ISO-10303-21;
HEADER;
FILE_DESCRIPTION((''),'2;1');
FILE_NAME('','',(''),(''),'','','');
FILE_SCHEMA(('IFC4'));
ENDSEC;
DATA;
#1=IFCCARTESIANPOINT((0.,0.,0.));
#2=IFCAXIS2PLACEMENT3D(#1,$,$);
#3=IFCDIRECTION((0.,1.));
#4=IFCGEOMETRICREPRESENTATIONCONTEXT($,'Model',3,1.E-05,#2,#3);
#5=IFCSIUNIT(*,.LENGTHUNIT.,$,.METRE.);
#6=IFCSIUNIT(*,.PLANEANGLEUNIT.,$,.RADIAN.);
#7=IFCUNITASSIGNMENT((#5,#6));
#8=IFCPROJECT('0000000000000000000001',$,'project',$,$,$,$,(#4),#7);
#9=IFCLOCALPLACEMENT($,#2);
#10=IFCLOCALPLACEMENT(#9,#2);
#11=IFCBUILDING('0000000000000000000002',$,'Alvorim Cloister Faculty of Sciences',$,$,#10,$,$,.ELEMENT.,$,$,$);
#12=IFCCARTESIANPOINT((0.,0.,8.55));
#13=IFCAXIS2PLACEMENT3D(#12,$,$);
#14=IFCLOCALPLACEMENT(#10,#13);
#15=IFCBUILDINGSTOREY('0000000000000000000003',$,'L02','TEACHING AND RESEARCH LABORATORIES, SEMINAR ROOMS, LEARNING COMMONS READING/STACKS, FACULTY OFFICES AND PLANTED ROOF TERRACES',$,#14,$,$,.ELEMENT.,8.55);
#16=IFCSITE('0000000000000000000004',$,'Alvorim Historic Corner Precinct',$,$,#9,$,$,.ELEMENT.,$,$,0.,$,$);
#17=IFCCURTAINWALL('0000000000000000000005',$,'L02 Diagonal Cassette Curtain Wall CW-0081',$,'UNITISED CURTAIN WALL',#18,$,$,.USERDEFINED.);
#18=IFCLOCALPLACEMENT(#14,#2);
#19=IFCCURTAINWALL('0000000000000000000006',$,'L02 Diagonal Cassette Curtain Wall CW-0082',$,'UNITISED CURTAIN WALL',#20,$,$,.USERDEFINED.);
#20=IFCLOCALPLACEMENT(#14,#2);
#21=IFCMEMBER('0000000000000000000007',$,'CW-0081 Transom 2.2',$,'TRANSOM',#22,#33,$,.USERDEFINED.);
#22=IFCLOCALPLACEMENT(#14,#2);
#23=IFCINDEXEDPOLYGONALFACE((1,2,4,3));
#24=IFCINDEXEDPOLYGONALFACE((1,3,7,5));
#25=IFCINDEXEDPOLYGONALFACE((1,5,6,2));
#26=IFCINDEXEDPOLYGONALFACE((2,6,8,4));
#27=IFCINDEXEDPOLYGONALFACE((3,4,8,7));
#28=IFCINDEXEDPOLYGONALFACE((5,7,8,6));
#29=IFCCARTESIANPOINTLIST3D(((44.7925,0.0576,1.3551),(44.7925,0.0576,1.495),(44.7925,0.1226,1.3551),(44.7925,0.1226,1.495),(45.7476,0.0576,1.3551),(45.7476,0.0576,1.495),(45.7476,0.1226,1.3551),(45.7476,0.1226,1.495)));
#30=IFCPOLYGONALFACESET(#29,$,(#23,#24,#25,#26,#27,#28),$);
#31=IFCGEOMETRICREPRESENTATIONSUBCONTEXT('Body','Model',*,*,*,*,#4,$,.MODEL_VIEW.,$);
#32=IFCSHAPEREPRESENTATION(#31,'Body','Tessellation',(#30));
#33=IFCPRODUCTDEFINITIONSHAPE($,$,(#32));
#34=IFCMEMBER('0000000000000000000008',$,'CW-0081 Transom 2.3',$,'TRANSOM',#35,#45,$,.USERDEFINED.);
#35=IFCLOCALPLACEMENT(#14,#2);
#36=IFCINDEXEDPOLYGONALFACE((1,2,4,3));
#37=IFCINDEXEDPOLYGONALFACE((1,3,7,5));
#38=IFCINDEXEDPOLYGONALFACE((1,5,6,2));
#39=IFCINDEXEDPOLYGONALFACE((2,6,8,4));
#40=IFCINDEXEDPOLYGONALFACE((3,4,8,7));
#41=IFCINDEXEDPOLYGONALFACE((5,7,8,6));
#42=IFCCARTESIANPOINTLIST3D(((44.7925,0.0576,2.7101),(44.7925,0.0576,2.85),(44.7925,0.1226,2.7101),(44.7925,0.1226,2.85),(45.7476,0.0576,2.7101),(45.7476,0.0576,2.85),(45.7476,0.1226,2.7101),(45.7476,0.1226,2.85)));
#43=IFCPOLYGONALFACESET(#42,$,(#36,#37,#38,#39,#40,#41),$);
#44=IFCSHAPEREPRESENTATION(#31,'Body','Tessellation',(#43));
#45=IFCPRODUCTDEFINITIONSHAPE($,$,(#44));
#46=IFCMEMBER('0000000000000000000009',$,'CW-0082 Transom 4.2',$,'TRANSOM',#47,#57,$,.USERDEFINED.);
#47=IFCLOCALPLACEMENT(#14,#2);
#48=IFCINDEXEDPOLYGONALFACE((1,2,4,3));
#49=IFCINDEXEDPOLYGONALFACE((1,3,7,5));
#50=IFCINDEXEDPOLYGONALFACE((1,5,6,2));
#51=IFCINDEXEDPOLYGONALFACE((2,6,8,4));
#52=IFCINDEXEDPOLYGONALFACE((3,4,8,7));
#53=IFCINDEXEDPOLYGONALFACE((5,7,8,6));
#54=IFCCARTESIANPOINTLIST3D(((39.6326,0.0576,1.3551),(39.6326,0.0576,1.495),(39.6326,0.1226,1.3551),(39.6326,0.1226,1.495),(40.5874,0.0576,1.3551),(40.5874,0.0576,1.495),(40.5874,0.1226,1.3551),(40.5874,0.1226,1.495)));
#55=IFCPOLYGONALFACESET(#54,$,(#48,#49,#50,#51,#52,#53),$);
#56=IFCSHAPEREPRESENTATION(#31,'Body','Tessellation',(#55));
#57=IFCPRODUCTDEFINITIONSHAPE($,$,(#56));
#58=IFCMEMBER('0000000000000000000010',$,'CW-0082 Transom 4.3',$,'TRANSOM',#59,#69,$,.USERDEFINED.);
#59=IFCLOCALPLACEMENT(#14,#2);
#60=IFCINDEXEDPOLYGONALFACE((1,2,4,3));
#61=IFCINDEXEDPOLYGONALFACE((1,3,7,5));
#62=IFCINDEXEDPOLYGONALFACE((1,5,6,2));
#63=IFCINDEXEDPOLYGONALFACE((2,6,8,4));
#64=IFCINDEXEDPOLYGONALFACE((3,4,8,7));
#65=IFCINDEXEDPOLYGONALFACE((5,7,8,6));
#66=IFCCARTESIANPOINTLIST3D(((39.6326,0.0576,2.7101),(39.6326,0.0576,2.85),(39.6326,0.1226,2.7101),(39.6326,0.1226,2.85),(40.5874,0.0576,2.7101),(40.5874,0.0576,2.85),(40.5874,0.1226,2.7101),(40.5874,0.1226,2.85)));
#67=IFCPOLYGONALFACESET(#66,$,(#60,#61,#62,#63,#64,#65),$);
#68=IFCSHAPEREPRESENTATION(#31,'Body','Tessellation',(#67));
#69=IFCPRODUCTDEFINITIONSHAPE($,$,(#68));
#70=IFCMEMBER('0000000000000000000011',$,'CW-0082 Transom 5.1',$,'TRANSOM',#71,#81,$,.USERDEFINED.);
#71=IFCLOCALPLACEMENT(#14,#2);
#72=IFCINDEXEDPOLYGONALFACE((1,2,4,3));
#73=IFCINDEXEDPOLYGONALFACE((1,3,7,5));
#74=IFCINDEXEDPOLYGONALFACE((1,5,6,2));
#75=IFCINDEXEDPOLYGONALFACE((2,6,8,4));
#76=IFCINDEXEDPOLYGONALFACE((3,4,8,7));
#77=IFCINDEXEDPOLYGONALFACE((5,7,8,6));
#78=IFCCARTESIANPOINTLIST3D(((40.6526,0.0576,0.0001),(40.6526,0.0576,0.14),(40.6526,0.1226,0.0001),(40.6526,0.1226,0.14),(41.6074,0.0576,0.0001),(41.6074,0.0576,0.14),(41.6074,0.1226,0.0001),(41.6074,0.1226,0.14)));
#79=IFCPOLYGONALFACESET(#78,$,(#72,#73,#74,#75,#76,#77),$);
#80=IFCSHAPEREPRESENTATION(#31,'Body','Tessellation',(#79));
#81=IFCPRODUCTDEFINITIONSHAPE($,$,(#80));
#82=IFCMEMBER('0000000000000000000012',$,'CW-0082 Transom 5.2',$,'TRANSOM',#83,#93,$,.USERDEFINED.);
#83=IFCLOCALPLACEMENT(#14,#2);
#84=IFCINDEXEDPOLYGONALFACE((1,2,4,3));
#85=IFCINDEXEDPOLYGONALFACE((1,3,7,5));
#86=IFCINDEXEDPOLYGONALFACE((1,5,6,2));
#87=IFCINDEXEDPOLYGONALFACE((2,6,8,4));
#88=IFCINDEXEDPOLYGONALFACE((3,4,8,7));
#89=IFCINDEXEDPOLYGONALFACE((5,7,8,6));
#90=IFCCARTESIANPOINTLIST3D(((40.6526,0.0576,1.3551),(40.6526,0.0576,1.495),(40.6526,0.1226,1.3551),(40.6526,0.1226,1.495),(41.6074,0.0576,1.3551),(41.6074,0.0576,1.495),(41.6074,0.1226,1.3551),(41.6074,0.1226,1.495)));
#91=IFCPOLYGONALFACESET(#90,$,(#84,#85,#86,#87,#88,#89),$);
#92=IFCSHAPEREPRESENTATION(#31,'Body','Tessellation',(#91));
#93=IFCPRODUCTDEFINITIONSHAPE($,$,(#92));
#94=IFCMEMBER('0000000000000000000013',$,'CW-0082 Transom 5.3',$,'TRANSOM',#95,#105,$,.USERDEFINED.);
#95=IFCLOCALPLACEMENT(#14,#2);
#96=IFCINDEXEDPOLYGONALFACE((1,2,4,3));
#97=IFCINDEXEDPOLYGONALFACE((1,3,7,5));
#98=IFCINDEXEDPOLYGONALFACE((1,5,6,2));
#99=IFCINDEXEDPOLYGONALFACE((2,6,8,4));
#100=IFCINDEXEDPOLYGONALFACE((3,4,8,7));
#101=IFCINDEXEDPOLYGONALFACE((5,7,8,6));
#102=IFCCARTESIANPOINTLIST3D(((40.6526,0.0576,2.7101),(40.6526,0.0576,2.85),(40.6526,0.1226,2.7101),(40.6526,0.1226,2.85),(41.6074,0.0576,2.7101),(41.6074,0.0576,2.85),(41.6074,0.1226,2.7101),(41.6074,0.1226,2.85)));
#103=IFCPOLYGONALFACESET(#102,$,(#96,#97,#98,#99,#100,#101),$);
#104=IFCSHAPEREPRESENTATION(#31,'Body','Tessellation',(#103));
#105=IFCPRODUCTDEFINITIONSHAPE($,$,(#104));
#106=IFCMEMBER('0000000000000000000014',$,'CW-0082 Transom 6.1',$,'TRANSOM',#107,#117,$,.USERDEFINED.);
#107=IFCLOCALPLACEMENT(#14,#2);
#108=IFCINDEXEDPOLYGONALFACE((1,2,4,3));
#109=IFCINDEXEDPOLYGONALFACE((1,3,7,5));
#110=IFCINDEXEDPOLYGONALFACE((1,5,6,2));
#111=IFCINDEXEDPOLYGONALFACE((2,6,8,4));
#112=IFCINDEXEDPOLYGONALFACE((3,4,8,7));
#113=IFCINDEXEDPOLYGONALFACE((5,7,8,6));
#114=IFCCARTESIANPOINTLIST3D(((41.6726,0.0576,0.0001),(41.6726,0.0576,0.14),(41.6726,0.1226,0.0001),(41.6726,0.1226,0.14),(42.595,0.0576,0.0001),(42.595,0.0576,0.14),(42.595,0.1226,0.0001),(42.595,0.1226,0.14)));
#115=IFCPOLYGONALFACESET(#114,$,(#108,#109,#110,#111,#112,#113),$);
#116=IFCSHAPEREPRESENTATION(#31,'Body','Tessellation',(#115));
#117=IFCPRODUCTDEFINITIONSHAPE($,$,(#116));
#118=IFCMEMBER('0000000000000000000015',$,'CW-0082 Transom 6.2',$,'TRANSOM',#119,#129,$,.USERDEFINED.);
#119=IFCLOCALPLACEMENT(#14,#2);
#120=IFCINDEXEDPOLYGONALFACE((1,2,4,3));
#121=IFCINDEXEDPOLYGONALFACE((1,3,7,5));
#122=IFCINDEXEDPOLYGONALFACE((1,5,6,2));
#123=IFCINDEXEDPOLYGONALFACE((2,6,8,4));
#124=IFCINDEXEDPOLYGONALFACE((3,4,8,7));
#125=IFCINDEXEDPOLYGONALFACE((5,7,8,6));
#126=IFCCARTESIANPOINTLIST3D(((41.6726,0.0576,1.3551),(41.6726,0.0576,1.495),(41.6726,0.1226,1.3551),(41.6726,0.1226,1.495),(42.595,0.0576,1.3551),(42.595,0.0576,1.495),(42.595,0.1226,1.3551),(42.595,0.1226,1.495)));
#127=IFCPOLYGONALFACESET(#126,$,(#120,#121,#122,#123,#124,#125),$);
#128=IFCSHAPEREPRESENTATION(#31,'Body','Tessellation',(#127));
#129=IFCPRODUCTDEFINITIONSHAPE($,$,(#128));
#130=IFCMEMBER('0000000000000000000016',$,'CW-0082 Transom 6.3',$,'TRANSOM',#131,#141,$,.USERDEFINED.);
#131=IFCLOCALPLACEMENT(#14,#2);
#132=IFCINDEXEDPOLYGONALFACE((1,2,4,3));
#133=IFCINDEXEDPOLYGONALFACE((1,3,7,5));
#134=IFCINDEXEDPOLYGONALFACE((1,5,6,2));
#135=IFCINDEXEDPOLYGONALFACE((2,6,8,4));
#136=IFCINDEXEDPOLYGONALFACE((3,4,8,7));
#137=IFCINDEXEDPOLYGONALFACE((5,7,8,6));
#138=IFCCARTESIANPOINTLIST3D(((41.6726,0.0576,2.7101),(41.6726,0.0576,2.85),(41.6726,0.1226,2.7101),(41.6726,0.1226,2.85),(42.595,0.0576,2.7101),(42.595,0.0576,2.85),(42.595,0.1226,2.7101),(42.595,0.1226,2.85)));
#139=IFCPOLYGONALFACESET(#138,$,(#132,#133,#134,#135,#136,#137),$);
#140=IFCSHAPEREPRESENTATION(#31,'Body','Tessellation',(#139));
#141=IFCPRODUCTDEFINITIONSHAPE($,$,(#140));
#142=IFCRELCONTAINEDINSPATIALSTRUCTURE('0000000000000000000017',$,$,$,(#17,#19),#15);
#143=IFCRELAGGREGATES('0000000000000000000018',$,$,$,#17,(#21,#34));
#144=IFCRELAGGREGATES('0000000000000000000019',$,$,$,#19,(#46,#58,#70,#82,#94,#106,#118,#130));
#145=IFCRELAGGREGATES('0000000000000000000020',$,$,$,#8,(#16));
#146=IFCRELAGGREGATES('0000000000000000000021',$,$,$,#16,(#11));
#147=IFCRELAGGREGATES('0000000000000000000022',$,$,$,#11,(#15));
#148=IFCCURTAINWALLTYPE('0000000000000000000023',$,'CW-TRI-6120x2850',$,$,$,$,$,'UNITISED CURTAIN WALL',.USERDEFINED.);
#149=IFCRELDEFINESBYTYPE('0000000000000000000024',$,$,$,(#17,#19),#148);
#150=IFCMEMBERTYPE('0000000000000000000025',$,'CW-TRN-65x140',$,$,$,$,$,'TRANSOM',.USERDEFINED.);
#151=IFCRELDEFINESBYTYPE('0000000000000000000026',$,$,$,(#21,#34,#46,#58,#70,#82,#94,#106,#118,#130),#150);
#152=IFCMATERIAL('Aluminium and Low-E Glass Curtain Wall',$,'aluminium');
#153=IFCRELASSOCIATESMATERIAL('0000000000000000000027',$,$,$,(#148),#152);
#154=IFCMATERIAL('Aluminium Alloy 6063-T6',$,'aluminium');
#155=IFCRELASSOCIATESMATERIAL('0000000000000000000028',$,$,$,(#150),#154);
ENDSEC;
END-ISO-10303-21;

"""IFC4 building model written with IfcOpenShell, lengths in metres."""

from ifc_helpers import new_model, si_unit, direction, frame, origin, origin_2d, place, context, subcontext, project, spatial, rectangle, extrude, material, material_profile, profile_set, type_object, element, aggregate, save


model = new_model("IFC4")

# Units and contexts
model_context = context("Model", 3, precision=1e-05, world=origin(), true_north=direction((0.0, 1.0)))
body_context = subcontext(model_context, "Body", "Model", "MODEL_VIEW")
ifc_project = project(units=[si_unit("LENGTHUNIT", "METRE"), si_unit("PLANEANGLEUNIT", "RADIAN")], contexts=[model_context])

# Site, building, storey
site_placement = place(None, origin())
site = spatial("IfcSite", under=ifc_project, at=site_placement, Name="Alvorim Historic Corner Precinct", CompositionType="ELEMENT", RefElevation=0.0)
building_placement = place(site_placement, origin())
building = spatial("IfcBuilding", under=site, at=building_placement, Name="Alvorim Cloister Faculty of Sciences", CompositionType="ELEMENT")
storey_placement = place(building_placement, frame((0.0, 0.0, 8.55)))
storey = spatial("IfcBuildingStorey", under=building, at=storey_placement, Name="L02", Description="TEACHING AND RESEARCH LABORATORIES, SEMINAR ROOMS, LEARNING COMMONS READING/STACKS, FACULTY OFFICES AND PLANTED ROOF TERRACES", CompositionType="ELEMENT", Elevation=8.55)

# Curtain walls
ifc_material_1 = material(Name="Aluminium and Low-E Glass Curtain Wall", Category="aluminium")
curtain_wall_type = type_object("IfcCurtainWallType", Name="CW-TRI-6120x2850", ElementType="UNITISED CURTAIN WALL", PredefinedType="USERDEFINED", material=ifc_material_1)
curtain_wall_1_placement = place(storey_placement, origin())
curtain_wall_1 = element("IfcCurtainWall", 1, at=curtain_wall_1_placement, inside=storey, type_object=curtain_wall_type, Name="L02 Diagonal Cassette Curtain Wall CW-0081", ObjectType="UNITISED CURTAIN WALL", PredefinedType="USERDEFINED")
ifc_material_2 = material(Name="Aluminium Alloy 6063-T6", Category="aluminium")
curtain_wall_2_placement = place(storey_placement, origin())
curtain_wall_2 = element("IfcCurtainWall", 2, at=curtain_wall_2_placement, inside=storey, type_object=curtain_wall_type, Name="L02 Diagonal Cassette Curtain Wall CW-0082", ObjectType="UNITISED CURTAIN WALL", PredefinedType="USERDEFINED")

# Members
ifc_material_profile_1 = material_profile(ifc_material_2, rectangle(XDim=0.0649, YDim=0.1399, at=origin_2d()), Name="ALU-TRN-65x140")
ifc_profile_set_1 = profile_set([ifc_material_profile_1], Name="Aluminium Alloy 6063-T6")
member_type_1 = type_object("IfcMemberType", Name="CW-TRN-65x140", ElementType="TRANSOM", PredefinedType="USERDEFINED", material=ifc_profile_set_1)
member_1_placement = place(storey_placement, frame((44.7925, 0.0901, 1.425), z_axis=(1.0, 0.0, 0.0), x_axis=(0.0, 1.0, 0.0)))
member_1 = element("IfcMember", 3, at=member_1_placement, type_object=member_type_1, Name="CW-0081 Transom 2.2", ObjectType="TRANSOM", PredefinedType="USERDEFINED", context=body_context, shape_type="SweptSolid", body=[
    extrude(rectangle(XDim=0.0649, YDim=0.1399, at=origin_2d()), origin(), (0.0, 0.0, 1.0), 0.9551),
])
member_2_placement = place(storey_placement, frame((44.7925, 0.0901, 2.78), z_axis=(1.0, 0.0, 0.0), x_axis=(0.0, 1.0, 0.0)))
member_2 = element("IfcMember", 4, at=member_2_placement, type_object=member_type_1, Name="CW-0081 Transom 2.3", ObjectType="TRANSOM", PredefinedType="USERDEFINED", context=body_context, shape_type="SweptSolid", body=[
    extrude(rectangle(XDim=0.0649, YDim=0.1399, at=origin_2d()), origin(), (0.0, 0.0, 1.0), 0.9551),
])
aggregate(curtain_wall_1, [member_1, member_2])
member_3_placement = place(storey_placement, frame((39.6326, 0.0901, 1.425), z_axis=(1.0, 0.0, 0.0), x_axis=(0.0, 1.0, 0.0)))
member_3 = element("IfcMember", 5, at=member_3_placement, type_object=member_type_1, Name="CW-0082 Transom 4.2", ObjectType="TRANSOM", PredefinedType="USERDEFINED", context=body_context, shape_type="SweptSolid", body=[
    extrude(rectangle(XDim=0.0649, YDim=0.1399, at=origin_2d()), origin(), (0.0, 0.0, 1.0), 0.9548),
])
member_4_placement = place(storey_placement, frame((39.6326, 0.0901, 2.78), z_axis=(1.0, 0.0, 0.0), x_axis=(0.0, 1.0, 0.0)))
member_4 = element("IfcMember", 6, at=member_4_placement, type_object=member_type_1, Name="CW-0082 Transom 4.3", ObjectType="TRANSOM", PredefinedType="USERDEFINED", context=body_context, shape_type="SweptSolid", body=[
    extrude(rectangle(XDim=0.0649, YDim=0.1399, at=origin_2d()), origin(), (0.0, 0.0, 1.0), 0.9548),
])
member_5_placement = place(storey_placement, frame((40.6526, 0.0901, 0.0701), z_axis=(1.0, 0.0, 0.0), x_axis=(0.0, 1.0, 0.0)))
member_5 = element("IfcMember", 7, at=member_5_placement, type_object=member_type_1, Name="CW-0082 Transom 5.1", ObjectType="TRANSOM", PredefinedType="USERDEFINED", context=body_context, shape_type="SweptSolid", body=[
    extrude(rectangle(XDim=0.0649, YDim=0.1399, at=origin_2d()), origin(), (0.0, 0.0, 1.0), 0.9548),
])
member_6_placement = place(storey_placement, frame((40.6526, 0.0901, 1.425), z_axis=(1.0, 0.0, 0.0), x_axis=(0.0, 1.0, 0.0)))
member_6 = element("IfcMember", 8, at=member_6_placement, type_object=member_type_1, Name="CW-0082 Transom 5.2", ObjectType="TRANSOM", PredefinedType="USERDEFINED", context=body_context, shape_type="SweptSolid", body=[
    extrude(rectangle(XDim=0.0649, YDim=0.1399, at=origin_2d()), origin(), (0.0, 0.0, 1.0), 0.9548),
])
member_7_placement = place(storey_placement, frame((40.6526, 0.0901, 2.78), z_axis=(1.0, 0.0, 0.0), x_axis=(0.0, 1.0, 0.0)))
member_7 = element("IfcMember", 9, at=member_7_placement, type_object=member_type_1, Name="CW-0082 Transom 5.3", ObjectType="TRANSOM", PredefinedType="USERDEFINED", context=body_context, shape_type="SweptSolid", body=[
    extrude(rectangle(XDim=0.0649, YDim=0.1399, at=origin_2d()), origin(), (0.0, 0.0, 1.0), 0.9548),
])
member_8_placement = place(storey_placement, frame((41.6726, 0.0901, 0.0701), z_axis=(1.0, 0.0, 0.0), x_axis=(0.0, 1.0, 0.0)))
member_8 = element("IfcMember", 10, at=member_8_placement, type_object=member_type_1, Name="CW-0082 Transom 6.1", ObjectType="TRANSOM", PredefinedType="USERDEFINED", context=body_context, shape_type="SweptSolid", body=[
    extrude(rectangle(XDim=0.0649, YDim=0.1399, at=origin_2d()), origin(), (0.0, 0.0, 1.0), 0.9224),
])
member_9_placement = place(storey_placement, frame((41.6726, 0.0901, 1.425), z_axis=(1.0, 0.0, 0.0), x_axis=(0.0, 1.0, 0.0)))
member_9 = element("IfcMember", 11, at=member_9_placement, type_object=member_type_1, Name="CW-0082 Transom 6.2", ObjectType="TRANSOM", PredefinedType="USERDEFINED", context=body_context, shape_type="SweptSolid", body=[
    extrude(rectangle(XDim=0.0649, YDim=0.1399, at=origin_2d()), origin(), (0.0, 0.0, 1.0), 0.9224),
])
member_10_placement = place(storey_placement, frame((41.6726, 0.0901, 2.78), z_axis=(1.0, 0.0, 0.0), x_axis=(0.0, 1.0, 0.0)))
member_10 = element("IfcMember", 12, at=member_10_placement, type_object=member_type_1, Name="CW-0082 Transom 6.3", ObjectType="TRANSOM", PredefinedType="USERDEFINED", context=body_context, shape_type="SweptSolid", body=[
    extrude(rectangle(XDim=0.0649, YDim=0.1399, at=origin_2d()), origin(), (0.0, 0.0, 1.0), 0.9224),
])
aggregate(curtain_wall_2, [member_3, member_4, member_5, member_6, member_7, member_8, member_9, member_10])

save(model, "model.ifc")
